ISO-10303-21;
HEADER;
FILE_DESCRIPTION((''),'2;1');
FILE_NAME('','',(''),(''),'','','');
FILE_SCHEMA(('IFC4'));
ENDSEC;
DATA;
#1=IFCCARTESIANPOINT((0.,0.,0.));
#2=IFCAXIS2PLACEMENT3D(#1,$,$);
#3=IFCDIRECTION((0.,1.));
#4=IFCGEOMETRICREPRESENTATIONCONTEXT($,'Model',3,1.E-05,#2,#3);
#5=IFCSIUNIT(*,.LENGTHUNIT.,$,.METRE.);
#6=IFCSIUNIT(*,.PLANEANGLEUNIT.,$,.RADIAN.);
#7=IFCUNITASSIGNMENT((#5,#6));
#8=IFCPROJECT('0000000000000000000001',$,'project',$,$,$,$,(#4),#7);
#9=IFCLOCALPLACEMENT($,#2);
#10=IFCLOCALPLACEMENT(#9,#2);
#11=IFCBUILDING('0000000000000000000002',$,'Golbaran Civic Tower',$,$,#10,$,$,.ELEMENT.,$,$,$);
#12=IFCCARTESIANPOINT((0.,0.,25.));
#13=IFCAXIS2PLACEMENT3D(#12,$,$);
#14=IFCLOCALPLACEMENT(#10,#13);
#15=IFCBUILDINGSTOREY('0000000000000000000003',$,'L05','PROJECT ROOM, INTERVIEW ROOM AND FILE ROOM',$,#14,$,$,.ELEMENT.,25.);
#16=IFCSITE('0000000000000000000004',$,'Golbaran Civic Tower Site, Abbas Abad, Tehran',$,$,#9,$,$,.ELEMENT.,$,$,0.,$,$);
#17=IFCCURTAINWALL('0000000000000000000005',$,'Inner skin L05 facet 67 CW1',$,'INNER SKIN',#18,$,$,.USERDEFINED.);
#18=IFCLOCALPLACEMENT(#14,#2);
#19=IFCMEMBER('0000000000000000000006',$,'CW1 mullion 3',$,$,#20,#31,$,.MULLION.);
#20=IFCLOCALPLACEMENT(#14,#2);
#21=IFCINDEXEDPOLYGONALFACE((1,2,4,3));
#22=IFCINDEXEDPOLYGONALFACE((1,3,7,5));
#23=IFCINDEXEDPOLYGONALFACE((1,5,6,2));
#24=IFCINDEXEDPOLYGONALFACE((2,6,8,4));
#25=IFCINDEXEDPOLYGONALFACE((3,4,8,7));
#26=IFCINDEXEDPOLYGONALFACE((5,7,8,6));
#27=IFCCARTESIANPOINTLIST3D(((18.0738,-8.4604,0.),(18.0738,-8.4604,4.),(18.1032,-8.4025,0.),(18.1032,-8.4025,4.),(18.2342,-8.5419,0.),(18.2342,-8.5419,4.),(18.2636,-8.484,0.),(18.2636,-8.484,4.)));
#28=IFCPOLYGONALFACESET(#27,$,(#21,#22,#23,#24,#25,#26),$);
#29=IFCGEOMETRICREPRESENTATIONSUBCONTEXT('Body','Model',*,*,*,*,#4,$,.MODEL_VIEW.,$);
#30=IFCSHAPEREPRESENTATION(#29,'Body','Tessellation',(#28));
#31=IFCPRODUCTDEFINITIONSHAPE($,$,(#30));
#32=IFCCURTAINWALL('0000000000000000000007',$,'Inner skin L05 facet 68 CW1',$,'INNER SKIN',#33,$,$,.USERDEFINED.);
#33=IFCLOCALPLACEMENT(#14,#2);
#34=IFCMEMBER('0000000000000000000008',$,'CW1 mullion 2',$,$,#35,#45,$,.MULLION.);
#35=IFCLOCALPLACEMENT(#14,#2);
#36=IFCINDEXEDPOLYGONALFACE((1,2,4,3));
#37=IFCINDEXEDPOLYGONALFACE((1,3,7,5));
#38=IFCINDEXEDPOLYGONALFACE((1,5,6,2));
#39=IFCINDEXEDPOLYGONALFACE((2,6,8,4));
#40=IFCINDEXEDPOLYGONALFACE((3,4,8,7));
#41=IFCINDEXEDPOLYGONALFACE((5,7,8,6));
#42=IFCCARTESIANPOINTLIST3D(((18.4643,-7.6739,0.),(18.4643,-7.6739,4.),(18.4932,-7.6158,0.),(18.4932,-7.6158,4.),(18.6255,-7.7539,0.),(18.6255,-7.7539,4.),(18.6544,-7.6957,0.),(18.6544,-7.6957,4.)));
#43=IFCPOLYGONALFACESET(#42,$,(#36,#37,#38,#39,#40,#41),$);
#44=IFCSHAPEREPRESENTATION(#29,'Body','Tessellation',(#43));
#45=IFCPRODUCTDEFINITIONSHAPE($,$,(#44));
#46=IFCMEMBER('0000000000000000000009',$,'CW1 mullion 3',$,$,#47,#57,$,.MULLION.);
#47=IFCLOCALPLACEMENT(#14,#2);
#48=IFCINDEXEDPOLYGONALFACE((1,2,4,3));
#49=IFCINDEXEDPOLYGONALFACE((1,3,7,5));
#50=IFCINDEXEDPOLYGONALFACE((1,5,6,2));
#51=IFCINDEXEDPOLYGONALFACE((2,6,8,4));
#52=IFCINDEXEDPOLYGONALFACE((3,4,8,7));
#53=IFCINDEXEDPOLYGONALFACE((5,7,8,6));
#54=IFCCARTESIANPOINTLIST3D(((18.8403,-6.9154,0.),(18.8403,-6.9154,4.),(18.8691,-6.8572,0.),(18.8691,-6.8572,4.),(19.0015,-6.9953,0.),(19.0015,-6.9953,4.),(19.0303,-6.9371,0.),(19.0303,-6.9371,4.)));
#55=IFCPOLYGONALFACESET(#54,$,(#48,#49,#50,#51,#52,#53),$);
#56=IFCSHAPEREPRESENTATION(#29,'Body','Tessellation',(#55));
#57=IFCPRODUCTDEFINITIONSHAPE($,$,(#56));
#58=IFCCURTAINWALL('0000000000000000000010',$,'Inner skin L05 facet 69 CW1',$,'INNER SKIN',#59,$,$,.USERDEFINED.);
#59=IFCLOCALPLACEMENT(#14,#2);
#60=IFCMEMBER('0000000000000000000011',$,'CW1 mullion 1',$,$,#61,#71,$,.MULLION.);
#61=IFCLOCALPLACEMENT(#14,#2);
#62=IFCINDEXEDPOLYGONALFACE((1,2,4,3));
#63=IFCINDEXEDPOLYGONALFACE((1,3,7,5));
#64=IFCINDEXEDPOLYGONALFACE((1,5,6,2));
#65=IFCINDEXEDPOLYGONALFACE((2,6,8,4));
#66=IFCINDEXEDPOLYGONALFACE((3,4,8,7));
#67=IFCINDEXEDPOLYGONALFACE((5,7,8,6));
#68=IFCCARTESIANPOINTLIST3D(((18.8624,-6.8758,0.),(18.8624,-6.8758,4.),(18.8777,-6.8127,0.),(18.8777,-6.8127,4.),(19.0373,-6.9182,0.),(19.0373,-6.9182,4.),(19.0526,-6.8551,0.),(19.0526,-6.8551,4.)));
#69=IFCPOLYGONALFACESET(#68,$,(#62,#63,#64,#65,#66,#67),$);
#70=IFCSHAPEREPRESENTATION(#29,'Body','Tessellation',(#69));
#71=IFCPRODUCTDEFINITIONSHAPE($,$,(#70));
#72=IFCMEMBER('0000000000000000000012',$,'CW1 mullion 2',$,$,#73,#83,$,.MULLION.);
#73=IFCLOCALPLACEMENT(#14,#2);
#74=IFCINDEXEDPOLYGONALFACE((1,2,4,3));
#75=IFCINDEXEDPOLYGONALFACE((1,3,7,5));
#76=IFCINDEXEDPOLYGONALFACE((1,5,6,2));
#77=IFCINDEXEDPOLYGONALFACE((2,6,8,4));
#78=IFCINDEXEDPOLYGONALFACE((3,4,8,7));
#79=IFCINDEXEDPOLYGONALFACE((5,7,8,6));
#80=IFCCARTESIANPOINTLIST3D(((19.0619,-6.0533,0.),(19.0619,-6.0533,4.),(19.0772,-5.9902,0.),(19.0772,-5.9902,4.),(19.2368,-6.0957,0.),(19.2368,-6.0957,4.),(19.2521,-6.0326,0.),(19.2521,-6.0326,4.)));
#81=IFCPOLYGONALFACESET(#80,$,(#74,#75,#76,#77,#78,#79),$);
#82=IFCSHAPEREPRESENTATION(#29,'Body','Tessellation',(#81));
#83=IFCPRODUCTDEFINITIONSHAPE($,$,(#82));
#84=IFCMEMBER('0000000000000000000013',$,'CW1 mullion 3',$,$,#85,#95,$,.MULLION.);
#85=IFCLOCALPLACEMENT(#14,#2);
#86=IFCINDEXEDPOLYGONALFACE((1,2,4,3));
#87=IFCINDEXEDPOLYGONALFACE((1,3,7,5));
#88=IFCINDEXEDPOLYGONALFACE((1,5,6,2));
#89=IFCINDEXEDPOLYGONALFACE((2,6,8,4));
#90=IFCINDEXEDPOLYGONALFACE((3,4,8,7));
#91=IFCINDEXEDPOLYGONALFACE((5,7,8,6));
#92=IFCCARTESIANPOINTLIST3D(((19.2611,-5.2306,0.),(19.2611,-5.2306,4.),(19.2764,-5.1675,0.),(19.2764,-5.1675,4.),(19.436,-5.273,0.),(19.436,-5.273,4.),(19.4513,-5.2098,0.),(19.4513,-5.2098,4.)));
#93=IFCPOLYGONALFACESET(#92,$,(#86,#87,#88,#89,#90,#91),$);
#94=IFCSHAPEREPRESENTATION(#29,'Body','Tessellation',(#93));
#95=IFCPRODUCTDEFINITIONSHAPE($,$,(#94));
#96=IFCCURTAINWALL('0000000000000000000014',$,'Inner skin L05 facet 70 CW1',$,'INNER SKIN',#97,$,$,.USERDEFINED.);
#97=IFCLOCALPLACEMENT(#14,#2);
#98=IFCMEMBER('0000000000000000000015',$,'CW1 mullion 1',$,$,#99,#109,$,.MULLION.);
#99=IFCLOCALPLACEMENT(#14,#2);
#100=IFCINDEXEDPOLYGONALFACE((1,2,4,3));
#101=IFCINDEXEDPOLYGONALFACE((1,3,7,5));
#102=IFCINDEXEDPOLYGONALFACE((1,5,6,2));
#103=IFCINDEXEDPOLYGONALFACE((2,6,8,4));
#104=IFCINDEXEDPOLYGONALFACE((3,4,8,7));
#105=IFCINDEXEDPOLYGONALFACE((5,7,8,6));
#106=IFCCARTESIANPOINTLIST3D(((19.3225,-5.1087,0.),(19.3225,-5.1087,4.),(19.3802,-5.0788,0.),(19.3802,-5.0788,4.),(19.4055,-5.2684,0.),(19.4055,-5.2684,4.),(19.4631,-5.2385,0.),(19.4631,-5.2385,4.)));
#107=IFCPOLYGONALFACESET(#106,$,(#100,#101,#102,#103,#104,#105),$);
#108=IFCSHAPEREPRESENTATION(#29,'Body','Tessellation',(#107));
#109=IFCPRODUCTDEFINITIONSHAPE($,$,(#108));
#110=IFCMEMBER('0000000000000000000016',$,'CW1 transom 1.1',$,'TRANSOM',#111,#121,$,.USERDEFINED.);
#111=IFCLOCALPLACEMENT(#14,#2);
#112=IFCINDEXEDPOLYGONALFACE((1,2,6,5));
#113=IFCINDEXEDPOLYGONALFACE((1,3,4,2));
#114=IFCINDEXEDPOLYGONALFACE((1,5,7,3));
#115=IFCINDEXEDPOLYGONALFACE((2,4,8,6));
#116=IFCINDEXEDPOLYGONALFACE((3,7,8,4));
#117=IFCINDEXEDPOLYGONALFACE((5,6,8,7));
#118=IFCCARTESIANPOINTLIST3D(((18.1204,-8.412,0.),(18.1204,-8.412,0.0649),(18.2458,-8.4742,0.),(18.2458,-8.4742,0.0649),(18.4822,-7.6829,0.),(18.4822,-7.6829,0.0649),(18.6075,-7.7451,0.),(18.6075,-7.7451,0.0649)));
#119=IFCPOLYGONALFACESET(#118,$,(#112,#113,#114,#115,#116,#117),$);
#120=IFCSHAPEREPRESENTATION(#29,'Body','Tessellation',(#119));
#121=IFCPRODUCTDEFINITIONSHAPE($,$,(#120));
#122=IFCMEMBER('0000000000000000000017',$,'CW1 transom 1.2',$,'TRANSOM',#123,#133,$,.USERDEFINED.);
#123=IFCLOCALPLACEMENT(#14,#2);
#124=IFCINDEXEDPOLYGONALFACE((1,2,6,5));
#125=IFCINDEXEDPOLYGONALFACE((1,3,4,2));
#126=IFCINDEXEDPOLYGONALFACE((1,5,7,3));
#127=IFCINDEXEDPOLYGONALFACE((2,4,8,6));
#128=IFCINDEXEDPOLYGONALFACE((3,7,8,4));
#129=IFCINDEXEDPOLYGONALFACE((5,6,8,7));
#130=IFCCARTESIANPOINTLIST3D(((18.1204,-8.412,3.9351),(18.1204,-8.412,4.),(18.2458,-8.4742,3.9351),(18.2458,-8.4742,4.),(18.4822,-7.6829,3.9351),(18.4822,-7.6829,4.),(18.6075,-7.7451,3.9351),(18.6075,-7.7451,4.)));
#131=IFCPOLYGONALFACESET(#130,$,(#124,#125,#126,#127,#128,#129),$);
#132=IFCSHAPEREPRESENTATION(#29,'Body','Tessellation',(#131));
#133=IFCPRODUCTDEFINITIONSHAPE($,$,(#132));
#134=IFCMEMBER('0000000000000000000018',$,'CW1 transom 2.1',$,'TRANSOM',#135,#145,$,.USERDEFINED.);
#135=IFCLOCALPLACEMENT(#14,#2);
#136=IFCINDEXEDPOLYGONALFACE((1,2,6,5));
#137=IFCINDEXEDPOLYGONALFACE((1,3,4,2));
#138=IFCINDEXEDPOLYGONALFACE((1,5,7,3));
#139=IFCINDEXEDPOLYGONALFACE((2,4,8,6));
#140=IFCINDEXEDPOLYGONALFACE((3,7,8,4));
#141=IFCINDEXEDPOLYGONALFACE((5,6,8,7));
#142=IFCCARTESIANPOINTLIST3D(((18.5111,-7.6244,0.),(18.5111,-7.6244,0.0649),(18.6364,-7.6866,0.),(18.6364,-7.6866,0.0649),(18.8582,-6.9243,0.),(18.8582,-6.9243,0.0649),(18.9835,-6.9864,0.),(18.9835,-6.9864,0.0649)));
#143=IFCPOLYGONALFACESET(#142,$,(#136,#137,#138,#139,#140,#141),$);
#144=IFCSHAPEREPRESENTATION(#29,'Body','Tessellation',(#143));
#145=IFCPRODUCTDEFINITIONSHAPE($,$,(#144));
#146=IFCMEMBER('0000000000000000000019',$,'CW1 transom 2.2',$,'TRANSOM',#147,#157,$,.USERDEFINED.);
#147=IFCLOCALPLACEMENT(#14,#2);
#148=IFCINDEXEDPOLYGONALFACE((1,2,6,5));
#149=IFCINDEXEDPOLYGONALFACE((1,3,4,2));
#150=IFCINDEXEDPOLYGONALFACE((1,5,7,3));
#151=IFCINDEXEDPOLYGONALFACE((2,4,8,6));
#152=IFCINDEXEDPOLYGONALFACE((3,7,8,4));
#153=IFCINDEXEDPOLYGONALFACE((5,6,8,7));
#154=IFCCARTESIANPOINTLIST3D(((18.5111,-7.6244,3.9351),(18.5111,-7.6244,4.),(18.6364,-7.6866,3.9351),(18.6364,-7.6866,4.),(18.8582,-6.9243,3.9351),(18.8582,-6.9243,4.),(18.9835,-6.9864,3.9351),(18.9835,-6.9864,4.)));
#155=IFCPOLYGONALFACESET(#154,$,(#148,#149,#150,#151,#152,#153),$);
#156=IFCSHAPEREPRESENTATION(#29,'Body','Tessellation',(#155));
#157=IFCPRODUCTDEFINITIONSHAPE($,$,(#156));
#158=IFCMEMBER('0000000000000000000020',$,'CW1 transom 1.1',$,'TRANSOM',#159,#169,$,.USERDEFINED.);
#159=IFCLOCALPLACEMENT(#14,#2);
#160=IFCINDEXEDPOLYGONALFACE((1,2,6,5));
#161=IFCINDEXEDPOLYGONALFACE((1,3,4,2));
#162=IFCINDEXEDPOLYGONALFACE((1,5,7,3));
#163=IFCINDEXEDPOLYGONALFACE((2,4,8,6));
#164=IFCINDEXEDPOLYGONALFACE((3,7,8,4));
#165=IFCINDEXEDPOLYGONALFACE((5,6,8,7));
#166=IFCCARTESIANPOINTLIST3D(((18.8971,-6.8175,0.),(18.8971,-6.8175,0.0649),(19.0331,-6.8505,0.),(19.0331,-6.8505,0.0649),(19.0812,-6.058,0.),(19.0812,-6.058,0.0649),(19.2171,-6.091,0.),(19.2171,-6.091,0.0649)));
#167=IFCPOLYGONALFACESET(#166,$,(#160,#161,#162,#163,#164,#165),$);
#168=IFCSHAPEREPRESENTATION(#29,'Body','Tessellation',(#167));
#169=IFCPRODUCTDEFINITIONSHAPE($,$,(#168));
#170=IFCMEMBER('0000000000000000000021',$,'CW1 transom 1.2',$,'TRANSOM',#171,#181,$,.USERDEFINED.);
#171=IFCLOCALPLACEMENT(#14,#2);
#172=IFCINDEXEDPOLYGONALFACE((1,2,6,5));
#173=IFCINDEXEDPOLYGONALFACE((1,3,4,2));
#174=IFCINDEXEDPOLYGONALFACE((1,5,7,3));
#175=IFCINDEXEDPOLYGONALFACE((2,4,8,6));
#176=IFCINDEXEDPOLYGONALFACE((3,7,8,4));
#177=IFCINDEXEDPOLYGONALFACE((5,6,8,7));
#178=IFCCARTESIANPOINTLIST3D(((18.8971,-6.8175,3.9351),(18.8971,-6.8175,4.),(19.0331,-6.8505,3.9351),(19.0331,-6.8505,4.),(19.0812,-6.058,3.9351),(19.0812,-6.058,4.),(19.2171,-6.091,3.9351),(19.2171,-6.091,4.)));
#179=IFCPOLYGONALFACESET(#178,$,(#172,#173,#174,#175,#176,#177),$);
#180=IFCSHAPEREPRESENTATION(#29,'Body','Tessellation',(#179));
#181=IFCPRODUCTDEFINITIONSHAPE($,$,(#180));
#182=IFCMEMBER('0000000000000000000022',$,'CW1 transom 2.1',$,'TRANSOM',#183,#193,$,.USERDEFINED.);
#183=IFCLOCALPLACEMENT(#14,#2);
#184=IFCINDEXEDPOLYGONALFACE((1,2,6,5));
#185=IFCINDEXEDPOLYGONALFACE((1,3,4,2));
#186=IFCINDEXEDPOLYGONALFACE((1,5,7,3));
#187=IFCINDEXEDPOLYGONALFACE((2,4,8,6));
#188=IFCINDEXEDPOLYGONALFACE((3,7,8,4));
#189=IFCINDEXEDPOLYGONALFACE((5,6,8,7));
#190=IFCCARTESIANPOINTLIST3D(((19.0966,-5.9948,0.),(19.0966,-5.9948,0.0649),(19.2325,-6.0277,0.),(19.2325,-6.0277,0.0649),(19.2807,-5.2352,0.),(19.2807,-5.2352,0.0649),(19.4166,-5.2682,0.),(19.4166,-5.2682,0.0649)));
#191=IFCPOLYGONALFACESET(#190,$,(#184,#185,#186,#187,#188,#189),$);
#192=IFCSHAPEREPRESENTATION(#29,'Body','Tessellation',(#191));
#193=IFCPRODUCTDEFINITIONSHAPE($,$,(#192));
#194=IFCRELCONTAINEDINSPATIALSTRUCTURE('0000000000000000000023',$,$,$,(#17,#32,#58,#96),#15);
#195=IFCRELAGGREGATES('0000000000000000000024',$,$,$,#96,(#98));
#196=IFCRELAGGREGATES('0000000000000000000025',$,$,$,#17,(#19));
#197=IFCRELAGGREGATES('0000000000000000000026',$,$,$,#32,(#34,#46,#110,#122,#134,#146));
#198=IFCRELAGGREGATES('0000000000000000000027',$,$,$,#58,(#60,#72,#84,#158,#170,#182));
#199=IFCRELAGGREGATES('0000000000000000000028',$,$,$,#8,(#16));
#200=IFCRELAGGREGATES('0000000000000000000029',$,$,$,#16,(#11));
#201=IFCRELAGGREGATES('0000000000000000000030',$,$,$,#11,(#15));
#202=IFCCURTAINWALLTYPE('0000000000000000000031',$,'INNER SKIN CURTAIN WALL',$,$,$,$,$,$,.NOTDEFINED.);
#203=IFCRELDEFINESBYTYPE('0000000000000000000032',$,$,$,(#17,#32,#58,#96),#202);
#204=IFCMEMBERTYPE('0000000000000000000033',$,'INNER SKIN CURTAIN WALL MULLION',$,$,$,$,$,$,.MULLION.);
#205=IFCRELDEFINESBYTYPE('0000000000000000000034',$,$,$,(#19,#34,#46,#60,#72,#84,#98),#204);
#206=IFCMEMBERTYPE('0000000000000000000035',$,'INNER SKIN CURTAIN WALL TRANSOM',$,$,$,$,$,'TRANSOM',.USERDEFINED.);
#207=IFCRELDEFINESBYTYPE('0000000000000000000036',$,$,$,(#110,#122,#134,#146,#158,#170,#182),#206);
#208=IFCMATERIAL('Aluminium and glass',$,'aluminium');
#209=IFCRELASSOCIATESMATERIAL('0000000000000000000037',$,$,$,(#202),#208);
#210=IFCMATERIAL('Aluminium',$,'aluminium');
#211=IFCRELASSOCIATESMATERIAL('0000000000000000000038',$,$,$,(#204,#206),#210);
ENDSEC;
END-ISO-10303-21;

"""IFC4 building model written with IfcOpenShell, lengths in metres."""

from ifc_helpers import new_model, si_unit, direction, frame, origin, origin_2d, place, context, subcontext, project, spatial, rectangle, extrude, material, material_profile, profile_set, type_object, element, aggregate, save


model = new_model("IFC4")

# Units and contexts
model_context = context("Model", 3, precision=1e-05, world=origin(), true_north=direction((0.0, 1.0)))
body_context = subcontext(model_context, "Body", "Model", "MODEL_VIEW")
ifc_project = project(units=[si_unit("LENGTHUNIT", "METRE"), si_unit("PLANEANGLEUNIT", "RADIAN")], contexts=[model_context])

# Site, building, storey
site_placement = place(None, origin())
site = spatial("IfcSite", under=ifc_project, at=site_placement, Name="Golbaran Civic Tower Site, Abbas Abad, Tehran", CompositionType="ELEMENT", RefElevation=0.0)
building_placement = place(site_placement, origin())
building = spatial("IfcBuilding", under=site, at=building_placement, Name="Golbaran Civic Tower", CompositionType="ELEMENT")
storey_placement = place(building_placement, frame((0.0, 0.0, 25.0)))
storey = spatial("IfcBuildingStorey", under=building, at=storey_placement, Name="L05", Description="PROJECT ROOM, INTERVIEW ROOM AND FILE ROOM", CompositionType="ELEMENT", Elevation=25.0)

# Curtain wall, member
ifc_material_1 = material(Name="Aluminium and glass", Category="aluminium")
curtain_wall_type = type_object("IfcCurtainWallType", Name="INNER SKIN CURTAIN WALL", PredefinedType="NOTDEFINED", material=ifc_material_1)
curtain_wall_1_placement = place(storey_placement, origin())
curtain_wall_1 = element("IfcCurtainWall", 1, at=curtain_wall_1_placement, inside=storey, type_object=curtain_wall_type, Name="Inner skin L05 facet 67 CW1", ObjectType="INNER SKIN", PredefinedType="USERDEFINED")
ifc_material_2 = material(Name="Aluminium", Category="aluminium")
ifc_material_profile_1 = material_profile(ifc_material_2, rectangle(XDim=0.1799, YDim=0.0649, at=origin_2d()), Name="INNER SKIN CURTAIN WALL MULLION")
ifc_profile_set_1 = profile_set([ifc_material_profile_1], Name="Aluminium")
member_type_1 = type_object("IfcMemberType", Name="INNER SKIN CURTAIN WALL MULLION", PredefinedType="MULLION", material=ifc_profile_set_1)
member_1_placement = place(storey_placement, frame((18.1687, -8.4722, 0.0), z_axis=(0.0, 0.0, 1.0), x_axis=(-0.891492, 0.453037, 0.0)))
member_1 = element("IfcMember", 2, at=member_1_placement, type_object=member_type_1, Name="CW1 mullion 3", PredefinedType="MULLION", context=body_context, shape_type="SweptSolid", body=[
    extrude(rectangle(XDim=0.1799, YDim=0.0649, at=origin_2d()), origin(), (0.0, 0.0, 1.0), 4.0),
])

# Curtain walls, members
curtain_wall_2_placement = place(storey_placement, origin())
curtain_wall_2 = element("IfcCurtainWall", 3, at=curtain_wall_2_placement, inside=storey, type_object=curtain_wall_type, Name="Inner skin L05 facet 68 CW1", ObjectType="INNER SKIN", PredefinedType="USERDEFINED")
member_2_placement = place(storey_placement, frame((18.5593, -7.6848, 0.0), z_axis=(0.0, 0.0, 1.0), x_axis=(-0.895887, 0.444283, 0.0)))
member_2 = element("IfcMember", 4, at=member_2_placement, type_object=member_type_1, Name="CW1 mullion 2", PredefinedType="MULLION", context=body_context, shape_type="SweptSolid", body=[
    extrude(rectangle(XDim=0.1799, YDim=0.0649, at=origin_2d()), origin(), (0.0, 0.0, 1.0), 4.0),
])
member_3_placement = place(storey_placement, frame((18.9353, -6.9263, 0.0), z_axis=(0.0, 0.0, 1.0), x_axis=(-0.895887, 0.444283, 0.0)))
member_3 = element("IfcMember", 5, at=member_3_placement, type_object=member_type_1, Name="CW1 mullion 3", PredefinedType="MULLION", context=body_context, shape_type="SweptSolid", body=[
    extrude(rectangle(XDim=0.1799, YDim=0.0649, at=origin_2d()), origin(), (0.0, 0.0, 1.0), 4.0),
])
curtain_wall_3_placement = place(storey_placement, origin())
curtain_wall_3 = element("IfcCurtainWall", 6, at=curtain_wall_3_placement, inside=storey, type_object=curtain_wall_type, Name="Inner skin L05 facet 69 CW1", ObjectType="INNER SKIN", PredefinedType="USERDEFINED")
member_4_placement = place(storey_placement, frame((18.9575, -6.8655, 0.0), z_axis=(0.0, 0.0, 1.0), x_axis=(-0.971868, 0.235525, 0.0)))
member_4 = element("IfcMember", 7, at=member_4_placement, type_object=member_type_1, Name="CW1 mullion 1", PredefinedType="MULLION", context=body_context, shape_type="SweptSolid", body=[
    extrude(rectangle(XDim=0.1799, YDim=0.0649, at=origin_2d()), origin(), (0.0, 0.0, 1.0), 4.0),
])
member_5_placement = place(storey_placement, frame((19.157, -6.043, 0.0), z_axis=(0.0, 0.0, 1.0), x_axis=(-0.971868, 0.235525, 0.0)))
member_5 = element("IfcMember", 8, at=member_5_placement, type_object=member_type_1, Name="CW1 mullion 2", PredefinedType="MULLION", context=body_context, shape_type="SweptSolid", body=[
    extrude(rectangle(XDim=0.1799, YDim=0.0649, at=origin_2d()), origin(), (0.0, 0.0, 1.0), 4.0),
])
member_6_placement = place(storey_placement, frame((19.3562, -5.2202, 0.0), z_axis=(0.0, 0.0, 1.0), x_axis=(-0.971868, 0.235525, 0.0)))
member_6 = element("IfcMember", 9, at=member_6_placement, type_object=member_type_1, Name="CW1 mullion 3", PredefinedType="MULLION", context=body_context, shape_type="SweptSolid", body=[
    extrude(rectangle(XDim=0.1799, YDim=0.0649, at=origin_2d()), origin(), (0.0, 0.0, 1.0), 4.0),
])

# Curtain wall, member
curtain_wall_4_placement = place(storey_placement, origin())
curtain_wall_4 = element("IfcCurtainWall", 10, at=curtain_wall_4_placement, inside=storey, type_object=curtain_wall_type, Name="Inner skin L05 facet 70 CW1", ObjectType="INNER SKIN", PredefinedType="USERDEFINED")
member_7_placement = place(storey_placement, frame((19.3928, -5.1736, 0.0), z_axis=(0.0, 0.0, 1.0), x_axis=(-0.460945, 0.887429, 0.0)))
member_7 = element("IfcMember", 11, at=member_7_placement, type_object=member_type_1, Name="CW1 mullion 1", PredefinedType="MULLION", context=body_context, shape_type="SweptSolid", body=[
    extrude(rectangle(XDim=0.1799, YDim=0.0649, at=origin_2d()), origin(), (0.0, 0.0, 1.0), 4.0),
])

# Members
ifc_material_profile_2 = material_profile(ifc_material_2, rectangle(XDim=0.1399, YDim=0.0649, at=origin_2d()), Name="INNER SKIN CURTAIN WALL TRANSOM")
ifc_profile_set_2 = profile_set([ifc_material_profile_2], Name="Aluminium")
member_type_2 = type_object("IfcMemberType", Name="INNER SKIN CURTAIN WALL TRANSOM", ElementType="TRANSOM", PredefinedType="USERDEFINED", material=ifc_profile_set_2)
member_8_placement = place(storey_placement, frame((18.1831, -8.4431, 0.0325), z_axis=(0.444452, 0.895802, 0.0), x_axis=(-0.895802, 0.444452, 0.0)))
member_8 = element("IfcMember", 12, at=member_8_placement, type_object=member_type_2, Name="CW1 transom 1.1", ObjectType="TRANSOM", PredefinedType="USERDEFINED", context=body_context, shape_type="SweptSolid", body=[
    extrude(rectangle(XDim=0.1399, YDim=0.0649, at=origin_2d()), origin(), (0.0, 0.0, 1.0), 0.814),
])
member_9_placement = place(storey_placement, frame((18.1831, -8.4431, 3.9675), z_axis=(0.444452, 0.895802, 0.0), x_axis=(-0.895802, 0.444452, 0.0)))
member_9 = element("IfcMember", 13, at=member_9_placement, type_object=member_type_2, Name="CW1 transom 1.2", ObjectType="TRANSOM", PredefinedType="USERDEFINED", context=body_context, shape_type="SweptSolid", body=[
    extrude(rectangle(XDim=0.1399, YDim=0.0649, at=origin_2d()), origin(), (0.0, 0.0, 1.0), 0.814),
])
member_10_placement = place(storey_placement, frame((18.5737, -7.6555, 0.0325), z_axis=(0.444212, 0.895922, 0.0), x_axis=(-0.895922, 0.444212, 0.0)))
member_10 = element("IfcMember", 14, at=member_10_placement, type_object=member_type_2, Name="CW1 transom 2.1", ObjectType="TRANSOM", PredefinedType="USERDEFINED", context=body_context, shape_type="SweptSolid", body=[
    extrude(rectangle(XDim=0.1399, YDim=0.0649, at=origin_2d()), origin(), (0.0, 0.0, 1.0), 0.7815),
])
member_11_placement = place(storey_placement, frame((18.5737, -7.6555, 3.9675), z_axis=(0.444212, 0.895922, 0.0), x_axis=(-0.895922, 0.444212, 0.0)))
member_11 = element("IfcMember", 15, at=member_11_placement, type_object=member_type_2, Name="CW1 transom 2.2", ObjectType="TRANSOM", PredefinedType="USERDEFINED", context=body_context, shape_type="SweptSolid", body=[
    extrude(rectangle(XDim=0.1399, YDim=0.0649, at=origin_2d()), origin(), (0.0, 0.0, 1.0), 0.7815),
])
member_12_placement = place(storey_placement, frame((18.9651, -6.834, 0.0325), z_axis=(0.235546, 0.971863, 0.0), x_axis=(-0.971863, 0.235546, 0.0)))
member_12 = element("IfcMember", 16, at=member_12_placement, type_object=member_type_2, Name="CW1 transom 1.1", ObjectType="TRANSOM", PredefinedType="USERDEFINED", context=body_context, shape_type="SweptSolid", body=[
    extrude(rectangle(XDim=0.1399, YDim=0.0649, at=origin_2d()), origin(), (0.0, 0.0, 1.0), 0.7815),
])
member_13_placement = place(storey_placement, frame((18.9651, -6.834, 3.9675), z_axis=(0.235546, 0.971863, 0.0), x_axis=(-0.971863, 0.235546, 0.0)))
member_13 = element("IfcMember", 17, at=member_13_placement, type_object=member_type_2, Name="CW1 transom 1.2", ObjectType="TRANSOM", PredefinedType="USERDEFINED", context=body_context, shape_type="SweptSolid", body=[
    extrude(rectangle(XDim=0.1399, YDim=0.0649, at=origin_2d()), origin(), (0.0, 0.0, 1.0), 0.7815),
])
member_14_placement = place(storey_placement, frame((19.1646, -6.0112, 0.0325), z_axis=(0.235546, 0.971863, 0.0), x_axis=(-0.971863, 0.235546, 0.0)))
member_14 = element("IfcMember", 18, at=member_14_placement, type_object=member_type_2, Name="CW1 transom 2.1", ObjectType="TRANSOM", PredefinedType="USERDEFINED", context=body_context, shape_type="SweptSolid", body=[
    extrude(rectangle(XDim=0.1399, YDim=0.0649, at=origin_2d()), origin(), (0.0, 0.0, 1.0), 0.7815),
])
aggregate(curtain_wall_4, [member_7])

aggregate(curtain_wall_1, [member_1])
aggregate(curtain_wall_2, [member_2, member_3, member_8, member_9, member_10, member_11])
aggregate(curtain_wall_3, [member_4, member_5, member_6, member_12, member_13, member_14])

save(model, "model.ifc")
